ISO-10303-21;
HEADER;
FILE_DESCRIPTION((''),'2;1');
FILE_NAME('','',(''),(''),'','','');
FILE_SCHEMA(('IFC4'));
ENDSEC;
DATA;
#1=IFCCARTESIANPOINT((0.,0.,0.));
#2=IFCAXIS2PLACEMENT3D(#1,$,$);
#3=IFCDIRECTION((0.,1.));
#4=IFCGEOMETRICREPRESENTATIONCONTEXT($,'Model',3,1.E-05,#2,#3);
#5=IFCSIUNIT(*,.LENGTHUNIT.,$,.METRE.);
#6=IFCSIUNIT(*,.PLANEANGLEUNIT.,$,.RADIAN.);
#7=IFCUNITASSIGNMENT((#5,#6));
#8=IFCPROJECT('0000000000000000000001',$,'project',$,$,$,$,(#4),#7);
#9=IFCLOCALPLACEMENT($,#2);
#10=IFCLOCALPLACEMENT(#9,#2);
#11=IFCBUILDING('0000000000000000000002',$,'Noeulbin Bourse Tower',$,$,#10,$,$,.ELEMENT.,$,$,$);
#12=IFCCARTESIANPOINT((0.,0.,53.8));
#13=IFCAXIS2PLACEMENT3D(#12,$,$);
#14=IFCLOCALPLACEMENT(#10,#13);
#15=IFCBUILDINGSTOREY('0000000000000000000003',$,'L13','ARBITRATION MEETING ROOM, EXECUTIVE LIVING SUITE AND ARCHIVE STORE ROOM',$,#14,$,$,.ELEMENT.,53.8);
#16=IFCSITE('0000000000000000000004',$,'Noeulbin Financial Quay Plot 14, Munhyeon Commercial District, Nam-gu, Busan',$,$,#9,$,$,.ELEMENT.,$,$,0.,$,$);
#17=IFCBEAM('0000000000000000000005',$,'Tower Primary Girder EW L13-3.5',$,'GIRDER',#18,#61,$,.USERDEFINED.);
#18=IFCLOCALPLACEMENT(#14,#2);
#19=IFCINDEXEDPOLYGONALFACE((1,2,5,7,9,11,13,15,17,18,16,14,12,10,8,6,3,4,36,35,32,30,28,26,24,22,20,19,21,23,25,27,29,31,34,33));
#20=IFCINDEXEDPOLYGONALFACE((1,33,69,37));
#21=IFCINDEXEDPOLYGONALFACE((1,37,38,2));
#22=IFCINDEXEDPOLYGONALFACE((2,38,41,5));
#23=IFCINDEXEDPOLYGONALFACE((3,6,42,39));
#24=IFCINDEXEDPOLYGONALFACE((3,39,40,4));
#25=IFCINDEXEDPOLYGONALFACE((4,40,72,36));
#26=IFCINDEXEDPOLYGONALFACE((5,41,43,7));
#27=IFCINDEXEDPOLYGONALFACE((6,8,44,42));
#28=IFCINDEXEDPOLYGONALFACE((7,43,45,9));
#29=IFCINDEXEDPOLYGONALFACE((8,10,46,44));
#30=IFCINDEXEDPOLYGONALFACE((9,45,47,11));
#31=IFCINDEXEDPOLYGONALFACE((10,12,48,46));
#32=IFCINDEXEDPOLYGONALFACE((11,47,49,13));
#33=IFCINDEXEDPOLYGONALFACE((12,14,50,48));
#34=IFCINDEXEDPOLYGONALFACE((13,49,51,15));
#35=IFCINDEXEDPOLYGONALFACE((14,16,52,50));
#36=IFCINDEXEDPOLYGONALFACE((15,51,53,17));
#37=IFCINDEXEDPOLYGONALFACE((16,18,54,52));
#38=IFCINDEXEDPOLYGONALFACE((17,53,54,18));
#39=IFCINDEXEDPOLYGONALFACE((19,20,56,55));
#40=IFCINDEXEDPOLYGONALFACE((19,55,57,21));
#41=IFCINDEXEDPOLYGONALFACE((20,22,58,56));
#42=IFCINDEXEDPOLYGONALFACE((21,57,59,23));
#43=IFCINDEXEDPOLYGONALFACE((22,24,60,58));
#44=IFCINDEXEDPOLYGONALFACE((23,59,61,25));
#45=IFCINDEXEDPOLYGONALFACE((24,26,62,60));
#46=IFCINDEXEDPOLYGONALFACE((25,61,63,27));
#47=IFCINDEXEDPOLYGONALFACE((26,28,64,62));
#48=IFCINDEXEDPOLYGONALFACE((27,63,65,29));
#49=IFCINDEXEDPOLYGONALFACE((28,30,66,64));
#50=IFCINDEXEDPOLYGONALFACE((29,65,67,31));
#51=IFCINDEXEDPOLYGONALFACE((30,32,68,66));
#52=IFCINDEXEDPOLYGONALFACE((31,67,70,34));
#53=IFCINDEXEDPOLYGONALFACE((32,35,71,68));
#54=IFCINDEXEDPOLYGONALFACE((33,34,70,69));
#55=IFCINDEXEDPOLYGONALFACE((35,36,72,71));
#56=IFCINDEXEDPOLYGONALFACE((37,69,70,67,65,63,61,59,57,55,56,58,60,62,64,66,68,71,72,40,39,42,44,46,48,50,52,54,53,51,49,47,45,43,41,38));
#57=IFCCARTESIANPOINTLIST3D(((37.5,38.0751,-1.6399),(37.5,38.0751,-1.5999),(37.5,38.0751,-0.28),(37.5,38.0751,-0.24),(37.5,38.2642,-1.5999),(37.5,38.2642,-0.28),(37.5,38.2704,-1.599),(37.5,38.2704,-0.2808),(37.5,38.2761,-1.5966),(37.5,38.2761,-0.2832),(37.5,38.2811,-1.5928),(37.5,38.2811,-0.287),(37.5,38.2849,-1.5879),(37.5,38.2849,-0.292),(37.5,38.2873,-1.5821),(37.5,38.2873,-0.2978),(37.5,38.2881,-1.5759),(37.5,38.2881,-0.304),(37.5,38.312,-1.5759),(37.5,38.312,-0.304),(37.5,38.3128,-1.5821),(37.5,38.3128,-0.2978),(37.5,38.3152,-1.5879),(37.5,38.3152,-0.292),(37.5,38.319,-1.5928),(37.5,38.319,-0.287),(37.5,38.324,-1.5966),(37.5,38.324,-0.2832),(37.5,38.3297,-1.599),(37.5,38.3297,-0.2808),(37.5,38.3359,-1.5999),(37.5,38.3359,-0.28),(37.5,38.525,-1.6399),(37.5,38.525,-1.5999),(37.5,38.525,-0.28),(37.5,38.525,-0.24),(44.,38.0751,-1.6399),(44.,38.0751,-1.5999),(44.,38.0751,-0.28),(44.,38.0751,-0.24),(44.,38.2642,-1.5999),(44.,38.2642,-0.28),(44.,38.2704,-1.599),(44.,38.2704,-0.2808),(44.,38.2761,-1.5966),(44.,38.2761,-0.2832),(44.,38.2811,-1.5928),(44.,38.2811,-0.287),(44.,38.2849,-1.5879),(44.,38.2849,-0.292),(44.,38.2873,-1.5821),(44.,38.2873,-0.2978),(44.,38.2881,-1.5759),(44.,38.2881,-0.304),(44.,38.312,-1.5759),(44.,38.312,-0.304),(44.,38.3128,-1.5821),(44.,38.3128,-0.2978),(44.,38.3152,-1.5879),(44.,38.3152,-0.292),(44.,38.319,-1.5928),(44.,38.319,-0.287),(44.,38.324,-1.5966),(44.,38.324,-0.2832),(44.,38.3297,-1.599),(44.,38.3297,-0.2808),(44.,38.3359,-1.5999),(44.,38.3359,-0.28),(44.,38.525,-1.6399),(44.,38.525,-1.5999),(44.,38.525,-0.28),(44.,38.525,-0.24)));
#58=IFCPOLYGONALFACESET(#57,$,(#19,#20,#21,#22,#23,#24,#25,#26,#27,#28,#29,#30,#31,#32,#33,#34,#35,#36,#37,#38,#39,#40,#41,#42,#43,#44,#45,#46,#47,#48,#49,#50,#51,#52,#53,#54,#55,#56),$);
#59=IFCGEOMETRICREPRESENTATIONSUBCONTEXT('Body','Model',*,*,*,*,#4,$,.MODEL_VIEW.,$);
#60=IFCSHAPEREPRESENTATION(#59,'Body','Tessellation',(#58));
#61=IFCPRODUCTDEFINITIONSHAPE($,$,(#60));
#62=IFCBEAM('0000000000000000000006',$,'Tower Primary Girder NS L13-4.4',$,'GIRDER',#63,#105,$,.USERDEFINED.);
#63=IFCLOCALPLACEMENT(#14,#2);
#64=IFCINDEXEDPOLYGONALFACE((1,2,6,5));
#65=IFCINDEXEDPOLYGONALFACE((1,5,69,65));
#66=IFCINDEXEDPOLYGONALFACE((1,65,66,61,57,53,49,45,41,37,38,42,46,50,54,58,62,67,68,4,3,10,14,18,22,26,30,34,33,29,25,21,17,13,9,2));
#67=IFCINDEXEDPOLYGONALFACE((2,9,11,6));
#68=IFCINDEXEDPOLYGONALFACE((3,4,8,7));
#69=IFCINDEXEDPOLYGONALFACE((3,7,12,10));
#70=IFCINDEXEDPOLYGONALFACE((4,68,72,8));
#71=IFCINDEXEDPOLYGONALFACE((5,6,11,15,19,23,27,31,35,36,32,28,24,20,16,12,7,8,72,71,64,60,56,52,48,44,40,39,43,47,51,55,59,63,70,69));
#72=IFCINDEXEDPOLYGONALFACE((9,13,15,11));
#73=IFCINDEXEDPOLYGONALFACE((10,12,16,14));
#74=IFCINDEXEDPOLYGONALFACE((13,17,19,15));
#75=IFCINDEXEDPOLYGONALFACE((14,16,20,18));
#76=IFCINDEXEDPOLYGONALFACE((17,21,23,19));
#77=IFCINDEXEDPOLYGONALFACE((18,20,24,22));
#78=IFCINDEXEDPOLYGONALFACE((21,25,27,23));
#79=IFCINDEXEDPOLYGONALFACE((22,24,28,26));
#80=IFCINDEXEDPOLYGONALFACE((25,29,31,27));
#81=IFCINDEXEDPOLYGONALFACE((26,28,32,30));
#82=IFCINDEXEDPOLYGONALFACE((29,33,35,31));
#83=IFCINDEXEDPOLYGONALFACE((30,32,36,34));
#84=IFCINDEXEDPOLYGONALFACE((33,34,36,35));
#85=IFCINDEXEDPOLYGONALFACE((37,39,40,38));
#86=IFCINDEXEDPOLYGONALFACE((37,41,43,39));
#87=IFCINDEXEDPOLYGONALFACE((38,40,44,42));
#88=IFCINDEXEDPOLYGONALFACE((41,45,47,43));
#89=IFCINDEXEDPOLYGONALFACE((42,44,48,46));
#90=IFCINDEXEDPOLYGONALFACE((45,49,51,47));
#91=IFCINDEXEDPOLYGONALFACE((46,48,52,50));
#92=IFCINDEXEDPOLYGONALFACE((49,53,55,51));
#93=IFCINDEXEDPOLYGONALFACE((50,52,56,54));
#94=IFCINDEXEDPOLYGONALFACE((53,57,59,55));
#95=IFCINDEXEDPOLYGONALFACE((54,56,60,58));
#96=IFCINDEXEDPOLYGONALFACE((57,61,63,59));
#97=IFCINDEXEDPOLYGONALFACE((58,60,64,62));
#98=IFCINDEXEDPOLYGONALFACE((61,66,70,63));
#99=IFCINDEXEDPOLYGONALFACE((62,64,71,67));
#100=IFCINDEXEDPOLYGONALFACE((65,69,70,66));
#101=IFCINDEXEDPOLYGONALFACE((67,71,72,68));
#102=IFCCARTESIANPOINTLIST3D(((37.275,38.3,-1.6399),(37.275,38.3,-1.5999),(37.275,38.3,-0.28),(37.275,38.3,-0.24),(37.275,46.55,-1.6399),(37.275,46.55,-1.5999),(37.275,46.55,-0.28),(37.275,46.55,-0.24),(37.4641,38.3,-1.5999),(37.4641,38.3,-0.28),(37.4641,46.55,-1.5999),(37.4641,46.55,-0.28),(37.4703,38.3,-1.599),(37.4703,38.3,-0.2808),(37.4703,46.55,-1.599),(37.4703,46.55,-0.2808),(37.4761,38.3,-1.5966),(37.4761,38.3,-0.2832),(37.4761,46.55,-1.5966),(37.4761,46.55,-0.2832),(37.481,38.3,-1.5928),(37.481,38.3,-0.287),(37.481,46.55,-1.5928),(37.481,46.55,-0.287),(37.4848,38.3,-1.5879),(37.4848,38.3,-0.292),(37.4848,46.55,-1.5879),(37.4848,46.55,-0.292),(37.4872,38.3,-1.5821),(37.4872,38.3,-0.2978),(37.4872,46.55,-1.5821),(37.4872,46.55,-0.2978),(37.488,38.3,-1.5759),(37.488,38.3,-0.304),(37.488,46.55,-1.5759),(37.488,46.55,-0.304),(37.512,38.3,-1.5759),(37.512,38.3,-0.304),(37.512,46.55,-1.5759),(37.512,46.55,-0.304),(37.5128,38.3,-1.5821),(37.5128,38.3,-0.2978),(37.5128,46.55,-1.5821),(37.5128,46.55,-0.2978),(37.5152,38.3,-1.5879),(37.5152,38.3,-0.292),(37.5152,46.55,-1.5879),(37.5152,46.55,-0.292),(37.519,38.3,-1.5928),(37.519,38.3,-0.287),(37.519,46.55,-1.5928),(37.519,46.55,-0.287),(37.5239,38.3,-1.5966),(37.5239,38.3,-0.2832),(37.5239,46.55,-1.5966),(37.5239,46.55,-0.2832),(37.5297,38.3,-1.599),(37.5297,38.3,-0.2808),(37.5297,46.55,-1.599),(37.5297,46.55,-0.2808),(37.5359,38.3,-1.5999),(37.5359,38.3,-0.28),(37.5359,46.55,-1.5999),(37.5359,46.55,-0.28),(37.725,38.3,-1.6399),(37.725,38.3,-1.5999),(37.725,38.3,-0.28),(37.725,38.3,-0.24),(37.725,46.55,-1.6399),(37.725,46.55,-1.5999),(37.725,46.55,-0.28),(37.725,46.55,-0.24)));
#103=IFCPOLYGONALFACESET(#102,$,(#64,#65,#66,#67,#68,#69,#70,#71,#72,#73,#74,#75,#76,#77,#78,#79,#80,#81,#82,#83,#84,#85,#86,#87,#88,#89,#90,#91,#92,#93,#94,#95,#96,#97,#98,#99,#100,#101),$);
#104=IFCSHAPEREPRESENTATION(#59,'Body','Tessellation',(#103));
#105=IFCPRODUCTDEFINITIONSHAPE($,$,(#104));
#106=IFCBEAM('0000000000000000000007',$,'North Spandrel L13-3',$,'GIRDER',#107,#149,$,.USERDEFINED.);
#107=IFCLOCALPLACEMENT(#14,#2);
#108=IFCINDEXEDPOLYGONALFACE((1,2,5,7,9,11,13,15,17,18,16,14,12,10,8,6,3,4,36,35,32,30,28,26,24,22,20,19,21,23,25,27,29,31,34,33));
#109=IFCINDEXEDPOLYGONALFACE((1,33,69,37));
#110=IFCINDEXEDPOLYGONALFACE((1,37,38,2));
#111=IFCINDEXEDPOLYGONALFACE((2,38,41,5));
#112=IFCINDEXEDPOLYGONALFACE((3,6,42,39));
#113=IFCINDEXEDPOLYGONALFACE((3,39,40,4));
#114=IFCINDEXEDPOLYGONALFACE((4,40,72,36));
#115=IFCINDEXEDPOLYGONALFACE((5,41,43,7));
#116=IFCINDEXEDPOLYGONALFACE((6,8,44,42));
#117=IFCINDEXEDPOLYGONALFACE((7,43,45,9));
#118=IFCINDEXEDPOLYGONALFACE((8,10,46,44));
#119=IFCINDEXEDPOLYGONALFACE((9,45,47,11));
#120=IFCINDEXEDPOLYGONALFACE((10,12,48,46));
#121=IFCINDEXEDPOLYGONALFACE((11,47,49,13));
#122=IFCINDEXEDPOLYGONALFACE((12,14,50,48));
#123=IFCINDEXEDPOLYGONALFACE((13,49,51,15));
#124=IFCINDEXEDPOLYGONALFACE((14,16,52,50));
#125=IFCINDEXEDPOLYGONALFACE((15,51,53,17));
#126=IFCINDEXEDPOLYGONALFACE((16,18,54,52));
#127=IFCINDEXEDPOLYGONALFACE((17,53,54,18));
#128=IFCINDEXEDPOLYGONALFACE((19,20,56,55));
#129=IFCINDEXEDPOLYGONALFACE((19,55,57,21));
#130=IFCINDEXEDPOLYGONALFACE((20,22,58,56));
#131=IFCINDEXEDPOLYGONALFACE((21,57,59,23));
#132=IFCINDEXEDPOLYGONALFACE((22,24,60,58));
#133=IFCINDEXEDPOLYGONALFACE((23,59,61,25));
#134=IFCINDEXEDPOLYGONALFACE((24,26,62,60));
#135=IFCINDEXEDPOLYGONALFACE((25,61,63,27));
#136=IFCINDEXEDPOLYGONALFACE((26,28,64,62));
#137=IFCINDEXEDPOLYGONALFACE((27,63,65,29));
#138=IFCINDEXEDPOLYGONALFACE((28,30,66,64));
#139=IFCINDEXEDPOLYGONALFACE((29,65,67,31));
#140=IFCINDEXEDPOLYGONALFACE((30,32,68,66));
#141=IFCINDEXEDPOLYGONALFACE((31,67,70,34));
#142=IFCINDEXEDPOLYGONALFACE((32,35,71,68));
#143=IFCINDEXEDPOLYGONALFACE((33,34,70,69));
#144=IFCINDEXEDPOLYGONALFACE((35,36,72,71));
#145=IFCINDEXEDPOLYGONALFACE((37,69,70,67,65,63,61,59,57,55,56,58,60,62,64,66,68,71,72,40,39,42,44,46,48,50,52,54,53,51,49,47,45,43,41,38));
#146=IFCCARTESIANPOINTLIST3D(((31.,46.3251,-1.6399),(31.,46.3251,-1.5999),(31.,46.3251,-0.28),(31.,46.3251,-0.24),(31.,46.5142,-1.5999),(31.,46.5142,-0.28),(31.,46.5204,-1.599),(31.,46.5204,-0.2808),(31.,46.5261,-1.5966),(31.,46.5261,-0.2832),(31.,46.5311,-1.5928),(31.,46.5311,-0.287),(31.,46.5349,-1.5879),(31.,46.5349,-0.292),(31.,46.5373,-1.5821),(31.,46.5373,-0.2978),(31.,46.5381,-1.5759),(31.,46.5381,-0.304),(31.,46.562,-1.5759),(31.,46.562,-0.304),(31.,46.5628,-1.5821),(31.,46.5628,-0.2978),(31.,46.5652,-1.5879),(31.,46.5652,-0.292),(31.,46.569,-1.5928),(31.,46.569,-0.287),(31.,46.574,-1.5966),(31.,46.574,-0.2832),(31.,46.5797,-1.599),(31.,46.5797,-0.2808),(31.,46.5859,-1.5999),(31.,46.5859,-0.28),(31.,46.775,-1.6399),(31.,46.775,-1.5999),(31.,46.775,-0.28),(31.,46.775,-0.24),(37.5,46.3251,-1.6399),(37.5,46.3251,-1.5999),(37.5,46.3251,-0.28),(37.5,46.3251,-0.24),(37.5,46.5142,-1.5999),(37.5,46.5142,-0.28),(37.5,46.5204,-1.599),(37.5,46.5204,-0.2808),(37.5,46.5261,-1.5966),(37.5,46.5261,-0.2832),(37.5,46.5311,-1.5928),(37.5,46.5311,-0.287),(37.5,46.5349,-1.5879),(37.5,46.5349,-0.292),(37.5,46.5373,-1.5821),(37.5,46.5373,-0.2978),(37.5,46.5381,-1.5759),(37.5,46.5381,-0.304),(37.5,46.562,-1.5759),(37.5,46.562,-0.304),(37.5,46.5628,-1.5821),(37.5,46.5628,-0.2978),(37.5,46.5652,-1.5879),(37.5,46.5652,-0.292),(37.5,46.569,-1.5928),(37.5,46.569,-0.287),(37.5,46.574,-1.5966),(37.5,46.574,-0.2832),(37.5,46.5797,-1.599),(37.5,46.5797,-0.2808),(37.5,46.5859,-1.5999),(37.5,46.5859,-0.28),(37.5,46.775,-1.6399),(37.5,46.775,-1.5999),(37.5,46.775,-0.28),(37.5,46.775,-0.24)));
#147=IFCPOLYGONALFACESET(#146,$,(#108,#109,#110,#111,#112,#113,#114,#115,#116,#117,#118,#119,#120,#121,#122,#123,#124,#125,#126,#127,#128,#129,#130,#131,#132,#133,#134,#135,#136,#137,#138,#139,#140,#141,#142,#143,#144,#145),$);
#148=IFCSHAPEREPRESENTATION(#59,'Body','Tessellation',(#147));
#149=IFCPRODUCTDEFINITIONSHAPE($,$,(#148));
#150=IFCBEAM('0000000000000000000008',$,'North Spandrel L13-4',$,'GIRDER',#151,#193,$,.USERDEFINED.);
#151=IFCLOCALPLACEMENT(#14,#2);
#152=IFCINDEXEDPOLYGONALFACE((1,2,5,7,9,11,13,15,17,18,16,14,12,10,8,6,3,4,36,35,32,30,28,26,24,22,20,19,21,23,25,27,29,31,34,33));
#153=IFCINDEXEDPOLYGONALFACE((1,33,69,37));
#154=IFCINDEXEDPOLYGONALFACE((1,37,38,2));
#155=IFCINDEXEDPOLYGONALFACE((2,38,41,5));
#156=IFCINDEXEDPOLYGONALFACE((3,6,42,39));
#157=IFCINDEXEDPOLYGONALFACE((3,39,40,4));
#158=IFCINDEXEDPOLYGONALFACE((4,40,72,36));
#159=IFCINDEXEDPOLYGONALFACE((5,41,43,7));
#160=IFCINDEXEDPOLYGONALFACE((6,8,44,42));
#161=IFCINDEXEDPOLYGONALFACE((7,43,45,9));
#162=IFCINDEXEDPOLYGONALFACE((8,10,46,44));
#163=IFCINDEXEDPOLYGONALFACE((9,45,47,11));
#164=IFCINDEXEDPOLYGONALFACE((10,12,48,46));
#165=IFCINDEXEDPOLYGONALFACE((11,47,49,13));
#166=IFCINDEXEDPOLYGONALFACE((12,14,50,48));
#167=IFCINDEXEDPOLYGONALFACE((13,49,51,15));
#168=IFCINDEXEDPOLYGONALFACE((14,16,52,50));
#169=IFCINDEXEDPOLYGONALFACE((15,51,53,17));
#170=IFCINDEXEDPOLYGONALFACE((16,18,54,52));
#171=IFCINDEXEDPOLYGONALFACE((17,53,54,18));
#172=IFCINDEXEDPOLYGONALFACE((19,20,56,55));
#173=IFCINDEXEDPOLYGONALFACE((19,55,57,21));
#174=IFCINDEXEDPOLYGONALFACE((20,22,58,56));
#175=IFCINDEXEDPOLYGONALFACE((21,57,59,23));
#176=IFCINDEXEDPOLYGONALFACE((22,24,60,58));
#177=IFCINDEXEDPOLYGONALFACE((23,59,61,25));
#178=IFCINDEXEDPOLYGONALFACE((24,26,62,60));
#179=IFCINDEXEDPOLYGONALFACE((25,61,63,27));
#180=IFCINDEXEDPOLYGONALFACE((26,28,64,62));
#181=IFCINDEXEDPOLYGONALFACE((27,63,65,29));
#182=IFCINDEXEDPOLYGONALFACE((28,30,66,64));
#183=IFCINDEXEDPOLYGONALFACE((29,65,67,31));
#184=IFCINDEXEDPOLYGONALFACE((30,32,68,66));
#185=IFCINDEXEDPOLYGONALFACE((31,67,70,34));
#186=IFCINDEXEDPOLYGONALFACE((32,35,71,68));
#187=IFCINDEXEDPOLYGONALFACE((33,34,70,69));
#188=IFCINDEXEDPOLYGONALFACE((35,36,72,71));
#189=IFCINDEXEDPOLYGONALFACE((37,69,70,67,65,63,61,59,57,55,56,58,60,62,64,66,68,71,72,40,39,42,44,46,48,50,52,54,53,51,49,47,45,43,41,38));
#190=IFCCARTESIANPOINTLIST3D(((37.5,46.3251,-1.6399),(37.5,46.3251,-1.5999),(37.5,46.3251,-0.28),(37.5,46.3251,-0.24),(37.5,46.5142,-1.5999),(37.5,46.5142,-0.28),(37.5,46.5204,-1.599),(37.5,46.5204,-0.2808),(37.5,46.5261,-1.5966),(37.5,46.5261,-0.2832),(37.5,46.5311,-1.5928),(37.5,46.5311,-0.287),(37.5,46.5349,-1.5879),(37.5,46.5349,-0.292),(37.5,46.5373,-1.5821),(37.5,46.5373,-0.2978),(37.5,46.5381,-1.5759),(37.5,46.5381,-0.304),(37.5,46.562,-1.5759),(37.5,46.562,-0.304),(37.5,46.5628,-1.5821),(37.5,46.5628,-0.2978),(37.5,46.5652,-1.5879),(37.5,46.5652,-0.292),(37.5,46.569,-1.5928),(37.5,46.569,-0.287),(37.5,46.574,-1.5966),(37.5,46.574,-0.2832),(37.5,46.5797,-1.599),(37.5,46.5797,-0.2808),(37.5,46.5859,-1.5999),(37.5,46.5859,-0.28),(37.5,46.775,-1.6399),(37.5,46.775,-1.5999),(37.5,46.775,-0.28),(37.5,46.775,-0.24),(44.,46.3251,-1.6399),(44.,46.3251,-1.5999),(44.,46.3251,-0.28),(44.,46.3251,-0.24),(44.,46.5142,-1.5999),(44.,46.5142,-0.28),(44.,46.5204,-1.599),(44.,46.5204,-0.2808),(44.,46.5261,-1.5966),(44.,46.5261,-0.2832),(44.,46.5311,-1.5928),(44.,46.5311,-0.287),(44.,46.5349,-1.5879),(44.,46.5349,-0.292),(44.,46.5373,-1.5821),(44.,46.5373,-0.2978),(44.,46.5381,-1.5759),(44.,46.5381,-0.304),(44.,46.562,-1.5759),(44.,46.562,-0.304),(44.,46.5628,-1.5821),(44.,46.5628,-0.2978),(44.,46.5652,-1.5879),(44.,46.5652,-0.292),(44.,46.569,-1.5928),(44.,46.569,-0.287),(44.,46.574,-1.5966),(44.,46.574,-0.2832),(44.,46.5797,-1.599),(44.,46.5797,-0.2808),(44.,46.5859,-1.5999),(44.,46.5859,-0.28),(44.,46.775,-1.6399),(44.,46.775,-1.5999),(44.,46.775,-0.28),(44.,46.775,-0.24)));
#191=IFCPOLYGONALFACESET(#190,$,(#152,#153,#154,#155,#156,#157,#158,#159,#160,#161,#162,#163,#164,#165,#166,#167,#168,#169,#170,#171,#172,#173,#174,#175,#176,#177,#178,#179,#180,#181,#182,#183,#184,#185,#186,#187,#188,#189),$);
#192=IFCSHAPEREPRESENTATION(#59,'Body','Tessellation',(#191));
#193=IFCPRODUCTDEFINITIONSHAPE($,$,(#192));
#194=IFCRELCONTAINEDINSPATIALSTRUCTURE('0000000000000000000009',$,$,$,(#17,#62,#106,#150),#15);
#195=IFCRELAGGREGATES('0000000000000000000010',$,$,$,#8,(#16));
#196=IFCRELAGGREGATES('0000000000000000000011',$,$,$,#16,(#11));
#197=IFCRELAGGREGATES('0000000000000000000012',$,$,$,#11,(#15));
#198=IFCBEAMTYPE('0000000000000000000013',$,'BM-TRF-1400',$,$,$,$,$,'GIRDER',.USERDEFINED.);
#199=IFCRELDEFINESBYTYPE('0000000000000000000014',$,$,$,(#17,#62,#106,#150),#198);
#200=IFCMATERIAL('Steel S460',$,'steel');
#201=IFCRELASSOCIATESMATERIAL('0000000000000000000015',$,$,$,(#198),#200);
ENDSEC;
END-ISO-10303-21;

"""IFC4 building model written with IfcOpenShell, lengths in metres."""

from ifc_helpers import new_model, si_unit, direction, frame, origin, origin_2d, place, context, subcontext, project, spatial, i_section, extrude, material, material_profile, profile_set, type_object, element, save


model = new_model("IFC4")

# Units and contexts
model_context = context("Model", 3, precision=1e-05, world=origin(), true_north=direction((0.0, 1.0)))
body_context = subcontext(model_context, "Body", "Model", "MODEL_VIEW")
ifc_project = project(units=[si_unit("LENGTHUNIT", "METRE"), si_unit("PLANEANGLEUNIT", "RADIAN")], contexts=[model_context])

# Site, building, storey
site_placement = place(None, origin())
site = spatial("IfcSite", under=ifc_project, at=site_placement, Name="Noeulbin Financial Quay Plot 14, Munhyeon Commercial District, Nam-gu, Busan", CompositionType="ELEMENT", RefElevation=0.0)
building_placement = place(site_placement, origin())
building = spatial("IfcBuilding", under=site, at=building_placement, Name="Noeulbin Bourse Tower", CompositionType="ELEMENT")
storey_placement = place(building_placement, frame((0.0, 0.0, 53.8)))
storey = spatial("IfcBuildingStorey", under=building, at=storey_placement, Name="L13", Description="ARBITRATION MEETING ROOM, EXECUTIVE LIVING SUITE AND ARCHIVE STORE ROOM", CompositionType="ELEMENT", Elevation=53.8)

# Shared definitions
ifc_material_1 = material(Name="Steel S460", Category="steel")

# Beams
ifc_material_profile_1 = material_profile(ifc_material_1, i_section(OverallWidth=0.45, OverallDepth=1.3999, WebThickness=0.0239, FlangeThickness=0.04, FilletRadius=0.0239, at=origin_2d()), Name="PG-1400x450x24x40", Category="LoadBearing")
ifc_profile_set_1 = profile_set([ifc_material_profile_1], Name="Steel S460")
beam_type_1 = type_object("IfcBeamType", Name="BM-TRF-1400", ElementType="GIRDER", PredefinedType="USERDEFINED", material=ifc_profile_set_1)
beam_1_placement = place(storey_placement, frame((37.5, 38.3, -0.9399), z_axis=(1.0, 0.0, 0.0), x_axis=(0.0, 1.0, 0.0)))
element("IfcBeam", 1, at=beam_1_placement, inside=storey, type_object=beam_type_1, Name="Tower Primary Girder EW L13-3.5", ObjectType="GIRDER", PredefinedType="USERDEFINED", context=body_context, shape_type="SweptSolid", body=[
    extrude(i_section(OverallWidth=0.45, OverallDepth=1.3999, WebThickness=0.0239, FlangeThickness=0.04, FilletRadius=0.0239, at=origin_2d()), origin(), (0.0, 0.0, 1.0), 6.5),
])
beam_2_placement = place(storey_placement, frame((37.5, 38.3, -0.9399), z_axis=(0.0, 1.0, 0.0), x_axis=(-1.0, 0.0, 0.0)))
element("IfcBeam", 2, at=beam_2_placement, inside=storey, type_object=beam_type_1, Name="Tower Primary Girder NS L13-4.4", ObjectType="GIRDER", PredefinedType="USERDEFINED", context=body_context, shape_type="SweptSolid", body=[
    extrude(i_section(OverallWidth=0.45, OverallDepth=1.3999, WebThickness=0.0239, FlangeThickness=0.04, FilletRadius=0.0239, at=origin_2d()), origin(), (0.0, 0.0, 1.0), 8.25),
])
for number, where, z_axis, x_axis, name in (
    (3, (31.0, 46.55, -0.9399), (1.0, 0.0, 0.0), (0.0, 1.0, 0.0), "North Spandrel L13-3"),
    (4, (37.5, 46.55, -0.9399), (1.0, 0.0, 0.0), (0.0, 1.0, 0.0), "North Spandrel L13-4"),
):
    element("IfcBeam", number, at=place(storey_placement, frame(where, z_axis=z_axis, x_axis=x_axis)), inside=storey, type_object=beam_type_1, Name=name, ObjectType="GIRDER", PredefinedType="USERDEFINED", context=body_context, shape_type="SweptSolid", body=[
        extrude(i_section(OverallWidth=0.45, OverallDepth=1.3999, WebThickness=0.0239, FlangeThickness=0.04, FilletRadius=0.0239, at=origin_2d()), origin(), (0.0, 0.0, 1.0), 6.5),
    ])

save(model, "model.ifc")
